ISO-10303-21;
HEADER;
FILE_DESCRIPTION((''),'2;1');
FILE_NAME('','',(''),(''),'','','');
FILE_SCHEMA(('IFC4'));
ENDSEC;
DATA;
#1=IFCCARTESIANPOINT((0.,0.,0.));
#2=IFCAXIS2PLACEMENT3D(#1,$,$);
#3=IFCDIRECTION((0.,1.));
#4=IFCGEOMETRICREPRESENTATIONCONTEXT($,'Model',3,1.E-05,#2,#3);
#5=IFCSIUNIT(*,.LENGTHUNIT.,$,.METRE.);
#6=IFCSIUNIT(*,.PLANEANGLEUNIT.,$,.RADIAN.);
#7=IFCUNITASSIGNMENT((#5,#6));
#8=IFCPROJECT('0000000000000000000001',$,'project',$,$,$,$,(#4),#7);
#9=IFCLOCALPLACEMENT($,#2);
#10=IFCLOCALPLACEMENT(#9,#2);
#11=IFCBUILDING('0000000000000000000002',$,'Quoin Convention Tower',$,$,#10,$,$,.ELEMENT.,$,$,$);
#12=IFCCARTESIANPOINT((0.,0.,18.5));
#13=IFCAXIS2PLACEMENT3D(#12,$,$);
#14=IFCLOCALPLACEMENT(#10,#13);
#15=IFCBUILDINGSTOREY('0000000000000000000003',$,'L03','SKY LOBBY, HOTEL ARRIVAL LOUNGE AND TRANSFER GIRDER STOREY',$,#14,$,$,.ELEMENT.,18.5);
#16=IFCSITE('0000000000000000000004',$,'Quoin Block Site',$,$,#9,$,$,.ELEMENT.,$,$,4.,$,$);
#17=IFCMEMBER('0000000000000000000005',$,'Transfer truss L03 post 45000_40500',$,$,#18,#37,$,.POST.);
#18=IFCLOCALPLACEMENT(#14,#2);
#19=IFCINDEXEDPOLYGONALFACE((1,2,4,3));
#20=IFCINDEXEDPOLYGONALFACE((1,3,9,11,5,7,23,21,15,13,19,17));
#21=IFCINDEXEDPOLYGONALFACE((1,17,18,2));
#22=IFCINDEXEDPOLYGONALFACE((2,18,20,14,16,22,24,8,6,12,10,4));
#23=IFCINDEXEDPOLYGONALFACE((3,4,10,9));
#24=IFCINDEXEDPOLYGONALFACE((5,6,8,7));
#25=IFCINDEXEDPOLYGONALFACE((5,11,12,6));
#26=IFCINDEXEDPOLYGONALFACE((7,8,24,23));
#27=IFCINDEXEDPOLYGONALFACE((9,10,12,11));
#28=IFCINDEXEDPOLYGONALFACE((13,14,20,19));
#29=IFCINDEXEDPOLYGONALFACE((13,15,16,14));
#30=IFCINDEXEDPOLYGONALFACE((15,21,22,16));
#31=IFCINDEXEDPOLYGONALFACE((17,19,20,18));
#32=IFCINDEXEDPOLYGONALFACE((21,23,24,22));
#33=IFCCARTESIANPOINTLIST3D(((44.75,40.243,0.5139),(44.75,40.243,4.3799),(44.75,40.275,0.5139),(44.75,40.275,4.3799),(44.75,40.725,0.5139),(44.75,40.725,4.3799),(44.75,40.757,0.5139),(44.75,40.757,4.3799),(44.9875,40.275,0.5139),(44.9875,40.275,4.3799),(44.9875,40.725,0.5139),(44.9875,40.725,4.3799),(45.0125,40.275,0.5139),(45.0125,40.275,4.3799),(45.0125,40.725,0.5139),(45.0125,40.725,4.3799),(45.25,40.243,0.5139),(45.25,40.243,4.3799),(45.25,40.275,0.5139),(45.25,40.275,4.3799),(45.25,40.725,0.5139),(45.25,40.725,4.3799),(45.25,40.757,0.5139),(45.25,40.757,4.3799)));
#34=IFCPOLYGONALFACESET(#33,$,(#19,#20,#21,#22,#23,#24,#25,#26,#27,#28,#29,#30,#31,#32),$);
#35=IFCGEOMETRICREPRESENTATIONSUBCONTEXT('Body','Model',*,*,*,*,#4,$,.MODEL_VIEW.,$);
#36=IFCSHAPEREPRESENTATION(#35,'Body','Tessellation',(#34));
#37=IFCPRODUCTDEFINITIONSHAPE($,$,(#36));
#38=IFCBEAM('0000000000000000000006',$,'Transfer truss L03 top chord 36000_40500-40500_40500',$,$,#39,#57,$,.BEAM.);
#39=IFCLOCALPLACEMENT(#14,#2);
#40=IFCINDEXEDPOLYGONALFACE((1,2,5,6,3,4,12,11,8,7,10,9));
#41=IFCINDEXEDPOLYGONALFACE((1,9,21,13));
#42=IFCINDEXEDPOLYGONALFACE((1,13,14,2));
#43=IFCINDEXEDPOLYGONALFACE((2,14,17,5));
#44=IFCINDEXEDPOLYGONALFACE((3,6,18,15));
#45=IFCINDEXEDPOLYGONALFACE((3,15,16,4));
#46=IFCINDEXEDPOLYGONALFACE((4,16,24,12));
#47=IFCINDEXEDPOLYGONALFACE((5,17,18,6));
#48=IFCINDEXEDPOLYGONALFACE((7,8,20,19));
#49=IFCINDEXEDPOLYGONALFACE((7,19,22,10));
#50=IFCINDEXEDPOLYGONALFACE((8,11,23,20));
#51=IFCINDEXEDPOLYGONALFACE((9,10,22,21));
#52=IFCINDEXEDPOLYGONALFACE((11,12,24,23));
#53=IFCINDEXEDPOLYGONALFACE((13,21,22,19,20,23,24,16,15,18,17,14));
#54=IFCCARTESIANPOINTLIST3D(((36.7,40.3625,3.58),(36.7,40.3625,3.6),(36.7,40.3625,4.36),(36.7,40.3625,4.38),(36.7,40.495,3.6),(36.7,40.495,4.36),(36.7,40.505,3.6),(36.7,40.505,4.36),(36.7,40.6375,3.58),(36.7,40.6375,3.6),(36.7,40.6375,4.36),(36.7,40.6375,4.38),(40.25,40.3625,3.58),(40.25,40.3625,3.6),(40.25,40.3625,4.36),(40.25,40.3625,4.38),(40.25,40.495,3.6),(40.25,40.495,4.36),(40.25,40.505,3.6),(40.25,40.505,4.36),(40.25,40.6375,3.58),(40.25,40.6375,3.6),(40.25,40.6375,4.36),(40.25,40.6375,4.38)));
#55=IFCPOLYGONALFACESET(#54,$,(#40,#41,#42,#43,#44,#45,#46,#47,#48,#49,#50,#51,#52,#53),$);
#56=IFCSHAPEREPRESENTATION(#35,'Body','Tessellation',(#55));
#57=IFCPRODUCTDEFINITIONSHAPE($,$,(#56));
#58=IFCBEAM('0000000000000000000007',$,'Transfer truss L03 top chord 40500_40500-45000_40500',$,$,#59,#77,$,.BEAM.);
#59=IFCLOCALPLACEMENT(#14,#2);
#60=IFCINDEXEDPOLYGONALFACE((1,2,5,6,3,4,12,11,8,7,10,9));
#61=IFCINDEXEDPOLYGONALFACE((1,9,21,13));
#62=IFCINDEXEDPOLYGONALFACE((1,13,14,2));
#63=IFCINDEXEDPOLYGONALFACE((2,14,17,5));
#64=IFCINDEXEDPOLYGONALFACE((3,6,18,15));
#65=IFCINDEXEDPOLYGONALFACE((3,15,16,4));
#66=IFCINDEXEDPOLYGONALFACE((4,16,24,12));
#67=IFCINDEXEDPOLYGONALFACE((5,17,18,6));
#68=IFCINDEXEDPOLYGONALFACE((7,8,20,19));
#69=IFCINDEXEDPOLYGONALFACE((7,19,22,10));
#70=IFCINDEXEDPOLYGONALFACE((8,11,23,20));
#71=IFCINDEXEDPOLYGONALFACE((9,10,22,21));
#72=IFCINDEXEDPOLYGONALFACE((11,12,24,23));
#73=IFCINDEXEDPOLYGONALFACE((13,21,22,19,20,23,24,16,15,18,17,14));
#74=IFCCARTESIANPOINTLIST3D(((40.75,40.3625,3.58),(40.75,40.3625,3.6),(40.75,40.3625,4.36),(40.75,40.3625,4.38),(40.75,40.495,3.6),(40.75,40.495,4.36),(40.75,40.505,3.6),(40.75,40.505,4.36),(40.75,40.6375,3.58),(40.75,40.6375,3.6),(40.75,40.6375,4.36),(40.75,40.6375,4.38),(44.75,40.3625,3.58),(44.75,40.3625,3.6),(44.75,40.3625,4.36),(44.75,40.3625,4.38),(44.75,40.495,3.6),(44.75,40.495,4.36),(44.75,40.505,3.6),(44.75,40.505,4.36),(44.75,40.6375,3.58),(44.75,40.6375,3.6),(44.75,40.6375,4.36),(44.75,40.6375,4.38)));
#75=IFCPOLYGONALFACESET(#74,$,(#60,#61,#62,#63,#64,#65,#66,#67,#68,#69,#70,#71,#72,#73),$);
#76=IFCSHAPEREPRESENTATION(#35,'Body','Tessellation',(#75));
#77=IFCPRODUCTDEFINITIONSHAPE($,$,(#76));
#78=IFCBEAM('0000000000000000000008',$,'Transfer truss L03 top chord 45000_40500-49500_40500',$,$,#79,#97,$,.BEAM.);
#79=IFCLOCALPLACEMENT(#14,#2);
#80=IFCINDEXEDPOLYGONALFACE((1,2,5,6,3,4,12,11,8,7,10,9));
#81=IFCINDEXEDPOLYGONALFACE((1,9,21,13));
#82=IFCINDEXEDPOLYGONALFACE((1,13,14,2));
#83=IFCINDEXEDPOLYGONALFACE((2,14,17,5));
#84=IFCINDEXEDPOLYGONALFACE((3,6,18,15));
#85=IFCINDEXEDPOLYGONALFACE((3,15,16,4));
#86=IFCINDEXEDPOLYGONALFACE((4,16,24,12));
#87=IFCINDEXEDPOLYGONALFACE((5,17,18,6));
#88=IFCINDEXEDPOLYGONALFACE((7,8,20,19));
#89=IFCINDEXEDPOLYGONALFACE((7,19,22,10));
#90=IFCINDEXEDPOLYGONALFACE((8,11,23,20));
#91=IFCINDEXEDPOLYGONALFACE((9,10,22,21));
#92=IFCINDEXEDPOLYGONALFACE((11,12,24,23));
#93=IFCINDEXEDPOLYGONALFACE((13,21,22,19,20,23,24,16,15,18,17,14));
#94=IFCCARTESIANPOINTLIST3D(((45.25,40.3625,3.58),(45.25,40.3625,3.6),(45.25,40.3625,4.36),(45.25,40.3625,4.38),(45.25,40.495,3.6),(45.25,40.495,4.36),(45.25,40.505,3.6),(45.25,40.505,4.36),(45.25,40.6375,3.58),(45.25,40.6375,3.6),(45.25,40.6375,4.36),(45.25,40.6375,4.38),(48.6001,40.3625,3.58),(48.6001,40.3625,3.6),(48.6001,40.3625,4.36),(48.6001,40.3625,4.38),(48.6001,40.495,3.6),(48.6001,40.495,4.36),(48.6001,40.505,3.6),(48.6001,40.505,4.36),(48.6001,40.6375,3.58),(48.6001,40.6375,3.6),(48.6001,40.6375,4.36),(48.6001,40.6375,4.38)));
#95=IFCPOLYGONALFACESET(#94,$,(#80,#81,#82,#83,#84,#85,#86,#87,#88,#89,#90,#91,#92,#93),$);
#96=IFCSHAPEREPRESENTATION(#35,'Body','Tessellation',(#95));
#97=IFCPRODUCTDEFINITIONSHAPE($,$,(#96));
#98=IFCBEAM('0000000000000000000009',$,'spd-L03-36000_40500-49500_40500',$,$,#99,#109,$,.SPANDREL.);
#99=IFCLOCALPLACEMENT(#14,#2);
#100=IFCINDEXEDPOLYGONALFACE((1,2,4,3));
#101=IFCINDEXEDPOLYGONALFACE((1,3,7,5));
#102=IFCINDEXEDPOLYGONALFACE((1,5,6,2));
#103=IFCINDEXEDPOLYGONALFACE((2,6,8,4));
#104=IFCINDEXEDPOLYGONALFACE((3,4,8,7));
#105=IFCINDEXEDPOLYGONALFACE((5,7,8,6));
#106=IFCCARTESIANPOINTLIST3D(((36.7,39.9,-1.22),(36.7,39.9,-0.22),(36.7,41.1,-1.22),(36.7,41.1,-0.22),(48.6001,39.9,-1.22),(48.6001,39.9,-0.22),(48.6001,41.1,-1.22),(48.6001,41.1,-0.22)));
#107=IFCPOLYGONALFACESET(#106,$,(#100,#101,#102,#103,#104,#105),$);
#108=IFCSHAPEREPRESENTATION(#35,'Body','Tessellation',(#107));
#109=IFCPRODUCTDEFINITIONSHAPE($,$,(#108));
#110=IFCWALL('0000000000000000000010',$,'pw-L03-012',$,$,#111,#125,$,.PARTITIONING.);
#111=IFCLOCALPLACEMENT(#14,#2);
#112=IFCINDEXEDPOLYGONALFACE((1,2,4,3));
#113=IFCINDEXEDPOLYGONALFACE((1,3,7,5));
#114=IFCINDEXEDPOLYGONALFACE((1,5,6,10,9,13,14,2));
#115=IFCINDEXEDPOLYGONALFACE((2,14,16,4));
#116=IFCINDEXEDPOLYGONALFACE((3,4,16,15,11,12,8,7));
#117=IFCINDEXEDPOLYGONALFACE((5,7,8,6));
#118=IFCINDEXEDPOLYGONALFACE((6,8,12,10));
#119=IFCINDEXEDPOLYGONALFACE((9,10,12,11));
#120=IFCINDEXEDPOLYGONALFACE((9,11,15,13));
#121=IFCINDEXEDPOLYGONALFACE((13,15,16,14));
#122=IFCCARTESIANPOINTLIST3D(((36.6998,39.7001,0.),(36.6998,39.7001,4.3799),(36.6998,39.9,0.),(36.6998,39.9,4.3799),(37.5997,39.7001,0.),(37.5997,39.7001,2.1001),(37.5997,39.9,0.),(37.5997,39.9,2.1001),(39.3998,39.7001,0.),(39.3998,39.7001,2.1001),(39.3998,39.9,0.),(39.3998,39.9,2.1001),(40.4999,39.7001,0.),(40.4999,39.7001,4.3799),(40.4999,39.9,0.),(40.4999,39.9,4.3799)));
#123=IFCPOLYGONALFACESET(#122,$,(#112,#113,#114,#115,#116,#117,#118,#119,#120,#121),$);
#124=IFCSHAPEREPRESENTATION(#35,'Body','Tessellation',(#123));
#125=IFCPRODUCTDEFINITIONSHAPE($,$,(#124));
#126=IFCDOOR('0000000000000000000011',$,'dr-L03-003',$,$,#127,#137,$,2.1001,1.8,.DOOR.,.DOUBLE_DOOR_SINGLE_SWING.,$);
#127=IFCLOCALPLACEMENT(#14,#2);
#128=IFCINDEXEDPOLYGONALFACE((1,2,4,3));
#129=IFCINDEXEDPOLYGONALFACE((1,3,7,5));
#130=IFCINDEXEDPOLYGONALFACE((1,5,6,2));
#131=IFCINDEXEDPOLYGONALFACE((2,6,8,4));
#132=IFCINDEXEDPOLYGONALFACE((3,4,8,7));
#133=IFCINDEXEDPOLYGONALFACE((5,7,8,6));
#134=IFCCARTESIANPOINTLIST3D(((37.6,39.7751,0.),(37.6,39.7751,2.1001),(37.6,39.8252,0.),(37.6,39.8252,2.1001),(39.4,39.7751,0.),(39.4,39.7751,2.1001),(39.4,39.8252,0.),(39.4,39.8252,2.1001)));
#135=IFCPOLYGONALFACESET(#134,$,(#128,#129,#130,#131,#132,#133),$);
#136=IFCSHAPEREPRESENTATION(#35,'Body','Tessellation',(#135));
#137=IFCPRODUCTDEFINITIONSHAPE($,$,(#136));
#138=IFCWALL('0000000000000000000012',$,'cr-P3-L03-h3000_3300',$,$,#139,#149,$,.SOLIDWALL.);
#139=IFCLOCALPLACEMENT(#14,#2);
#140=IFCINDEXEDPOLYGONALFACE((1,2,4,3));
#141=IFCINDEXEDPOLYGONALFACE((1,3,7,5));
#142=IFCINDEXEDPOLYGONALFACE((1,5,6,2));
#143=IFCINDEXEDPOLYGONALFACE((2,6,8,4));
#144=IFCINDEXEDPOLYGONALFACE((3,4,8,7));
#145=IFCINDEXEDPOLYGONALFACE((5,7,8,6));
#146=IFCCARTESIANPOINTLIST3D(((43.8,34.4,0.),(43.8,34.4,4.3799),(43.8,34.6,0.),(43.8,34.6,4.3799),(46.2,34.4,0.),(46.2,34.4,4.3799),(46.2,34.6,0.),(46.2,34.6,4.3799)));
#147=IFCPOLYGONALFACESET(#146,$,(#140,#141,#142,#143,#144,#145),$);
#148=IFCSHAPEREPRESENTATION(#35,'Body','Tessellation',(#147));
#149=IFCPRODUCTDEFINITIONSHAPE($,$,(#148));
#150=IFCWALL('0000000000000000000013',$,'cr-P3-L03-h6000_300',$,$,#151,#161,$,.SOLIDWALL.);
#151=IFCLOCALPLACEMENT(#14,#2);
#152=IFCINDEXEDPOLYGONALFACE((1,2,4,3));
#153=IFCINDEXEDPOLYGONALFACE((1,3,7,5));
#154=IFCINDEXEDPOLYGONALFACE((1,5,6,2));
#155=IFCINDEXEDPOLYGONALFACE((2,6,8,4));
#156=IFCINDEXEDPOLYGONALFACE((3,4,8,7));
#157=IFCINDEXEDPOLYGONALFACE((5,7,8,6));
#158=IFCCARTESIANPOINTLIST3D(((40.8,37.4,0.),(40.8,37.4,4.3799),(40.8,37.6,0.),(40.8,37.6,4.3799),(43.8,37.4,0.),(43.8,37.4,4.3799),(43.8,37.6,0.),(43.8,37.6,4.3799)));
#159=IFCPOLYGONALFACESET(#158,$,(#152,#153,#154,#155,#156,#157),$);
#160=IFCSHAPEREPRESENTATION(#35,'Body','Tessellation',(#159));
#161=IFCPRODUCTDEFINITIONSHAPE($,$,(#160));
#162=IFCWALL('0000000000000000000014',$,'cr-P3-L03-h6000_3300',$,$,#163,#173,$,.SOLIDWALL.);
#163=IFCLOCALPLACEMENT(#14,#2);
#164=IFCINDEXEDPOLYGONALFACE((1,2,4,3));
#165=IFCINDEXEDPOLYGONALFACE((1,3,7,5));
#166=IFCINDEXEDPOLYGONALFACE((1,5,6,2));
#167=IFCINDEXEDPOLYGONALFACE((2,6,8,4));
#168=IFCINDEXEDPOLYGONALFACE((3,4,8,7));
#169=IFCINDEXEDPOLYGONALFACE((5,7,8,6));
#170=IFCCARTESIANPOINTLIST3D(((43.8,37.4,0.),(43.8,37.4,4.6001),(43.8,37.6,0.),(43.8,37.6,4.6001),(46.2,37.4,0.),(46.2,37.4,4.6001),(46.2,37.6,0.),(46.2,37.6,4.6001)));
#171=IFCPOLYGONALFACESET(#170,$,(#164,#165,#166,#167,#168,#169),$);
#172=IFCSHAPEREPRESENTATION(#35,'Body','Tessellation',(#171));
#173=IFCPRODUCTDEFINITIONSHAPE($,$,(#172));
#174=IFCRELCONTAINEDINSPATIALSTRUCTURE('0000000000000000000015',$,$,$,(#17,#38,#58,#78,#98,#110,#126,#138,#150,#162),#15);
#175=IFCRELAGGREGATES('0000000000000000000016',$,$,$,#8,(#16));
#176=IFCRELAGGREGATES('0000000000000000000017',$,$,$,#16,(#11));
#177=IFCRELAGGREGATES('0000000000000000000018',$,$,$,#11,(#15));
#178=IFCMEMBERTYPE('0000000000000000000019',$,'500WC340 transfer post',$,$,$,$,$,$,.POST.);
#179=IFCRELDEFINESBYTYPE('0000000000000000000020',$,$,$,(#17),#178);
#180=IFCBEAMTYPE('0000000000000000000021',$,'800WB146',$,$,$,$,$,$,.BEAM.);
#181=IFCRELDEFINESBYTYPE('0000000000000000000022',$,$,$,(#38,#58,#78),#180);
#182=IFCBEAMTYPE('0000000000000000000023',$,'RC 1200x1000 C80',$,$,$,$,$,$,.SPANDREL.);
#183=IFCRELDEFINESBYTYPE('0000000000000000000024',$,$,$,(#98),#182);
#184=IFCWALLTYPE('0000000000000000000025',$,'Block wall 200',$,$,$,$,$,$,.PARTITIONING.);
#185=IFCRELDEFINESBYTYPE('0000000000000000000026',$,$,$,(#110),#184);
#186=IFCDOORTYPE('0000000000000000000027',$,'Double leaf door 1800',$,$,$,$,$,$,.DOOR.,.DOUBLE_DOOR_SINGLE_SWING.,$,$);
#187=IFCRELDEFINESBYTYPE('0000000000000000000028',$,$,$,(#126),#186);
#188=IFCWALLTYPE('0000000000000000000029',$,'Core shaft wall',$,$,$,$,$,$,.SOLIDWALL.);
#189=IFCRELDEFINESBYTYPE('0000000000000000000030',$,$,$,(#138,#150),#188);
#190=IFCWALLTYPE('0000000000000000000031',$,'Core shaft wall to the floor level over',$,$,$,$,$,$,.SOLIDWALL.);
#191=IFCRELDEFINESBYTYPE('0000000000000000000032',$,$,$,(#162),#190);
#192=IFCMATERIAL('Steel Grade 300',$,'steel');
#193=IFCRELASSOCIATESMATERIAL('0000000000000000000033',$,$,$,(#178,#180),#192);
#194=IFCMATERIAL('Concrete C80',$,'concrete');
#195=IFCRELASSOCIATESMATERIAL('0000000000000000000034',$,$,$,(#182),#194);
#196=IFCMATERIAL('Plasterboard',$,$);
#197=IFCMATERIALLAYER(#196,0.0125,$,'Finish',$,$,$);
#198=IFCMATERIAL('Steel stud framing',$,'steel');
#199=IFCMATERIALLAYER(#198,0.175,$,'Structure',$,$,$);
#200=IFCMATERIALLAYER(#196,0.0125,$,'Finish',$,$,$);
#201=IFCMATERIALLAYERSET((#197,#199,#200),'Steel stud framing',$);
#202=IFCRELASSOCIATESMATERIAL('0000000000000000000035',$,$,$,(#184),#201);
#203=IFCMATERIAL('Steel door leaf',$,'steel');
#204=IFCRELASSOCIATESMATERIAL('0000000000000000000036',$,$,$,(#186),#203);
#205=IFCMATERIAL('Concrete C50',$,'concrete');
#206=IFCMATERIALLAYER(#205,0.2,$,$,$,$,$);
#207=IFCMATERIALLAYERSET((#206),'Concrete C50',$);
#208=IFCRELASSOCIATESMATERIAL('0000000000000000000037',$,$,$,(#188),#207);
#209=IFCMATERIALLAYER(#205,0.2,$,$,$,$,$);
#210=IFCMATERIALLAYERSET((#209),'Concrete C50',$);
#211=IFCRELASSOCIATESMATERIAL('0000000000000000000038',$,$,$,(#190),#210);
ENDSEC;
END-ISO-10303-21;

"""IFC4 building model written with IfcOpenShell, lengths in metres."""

from ifc_helpers import new_model, si_unit, direction, frame, frame_2d, origin, origin_2d, place, context, subcontext, project, spatial, rectangle, i_section, extrude, material, layer, layer_set, material_profile, profile_set, type_object, element, fill, save


model = new_model("IFC4")

# Units and contexts
model_context = context("Model", 3, precision=1e-05, world=origin(), true_north=direction((0.0, 1.0)))
body_context = subcontext(model_context, "Body", "Model", "MODEL_VIEW")
ifc_project = project(units=[si_unit("LENGTHUNIT", "METRE"), si_unit("PLANEANGLEUNIT", "RADIAN")], contexts=[model_context])

# Site, building, storey
site_placement = place(None, origin())
site = spatial("IfcSite", under=ifc_project, at=site_placement, Name="Quoin Block Site", CompositionType="ELEMENT", RefElevation=4.0)
building_placement = place(site_placement, origin())
building = spatial("IfcBuilding", under=site, at=building_placement, Name="Quoin Convention Tower", CompositionType="ELEMENT")
storey_placement = place(building_placement, frame((0.0, 0.0, 18.5)))
storey = spatial("IfcBuildingStorey", under=building, at=storey_placement, Name="L03", Description="SKY LOBBY, HOTEL ARRIVAL LOUNGE AND TRANSFER GIRDER STOREY", CompositionType="ELEMENT", Elevation=18.5)

# Member
ifc_material_1 = material(Name="Steel Grade 300", Category="steel")
ifc_material_profile_1 = material_profile(ifc_material_1, i_section(OverallWidth=0.5, OverallDepth=0.5139, WebThickness=0.0249, FlangeThickness=0.032, at=origin_2d()), Name="500WC340")
ifc_profile_set_1 = profile_set([ifc_material_profile_1], Name="Steel Grade 300")
member_type_1 = type_object("IfcMemberType", Name="500WC340 transfer post", PredefinedType="POST", material=ifc_profile_set_1)
for number, where, z_axis, x_axis, name in (
    (1, (45.0, 40.5, 0.5139), (0.0, 0.0, 1.0), (1.0, 0.0, 0.0), "Transfer truss L03 post 45000_40500"),
):
    element("IfcMember", number, at=place(storey_placement, frame(where, z_axis=z_axis, x_axis=x_axis)), inside=storey, type_object=member_type_1, Name=name, PredefinedType="POST", context=body_context, shape_type="SweptSolid", body=[
        extrude(i_section(OverallWidth=0.5, OverallDepth=0.5139, WebThickness=0.0249, FlangeThickness=0.032, at=origin_2d()), origin(), (0.0, 0.0, 1.0), 3.866),
    ])

# Beams
ifc_material_profile_2 = material_profile(ifc_material_1, i_section(OverallWidth=0.2749, OverallDepth=0.8, WebThickness=0.01, FlangeThickness=0.02, at=origin_2d()), Name="800WB146")
ifc_profile_set_2 = profile_set([ifc_material_profile_2], Name="Steel Grade 300")
beam_type_1 = type_object("IfcBeamType", Name="800WB146", PredefinedType="BEAM", material=ifc_profile_set_2)
beam_1_placement = place(storey_placement, frame((36.7, 40.5, 3.98), z_axis=(1.0, 0.0, 0.0), x_axis=(0.0, 1.0, 0.0)))
element("IfcBeam", 2, at=beam_1_placement, inside=storey, type_object=beam_type_1, Name="Transfer truss L03 top chord 36000_40500-40500_40500", PredefinedType="BEAM", context=body_context, shape_type="SweptSolid", body=[
    extrude(i_section(OverallWidth=0.2749, OverallDepth=0.8, WebThickness=0.01, FlangeThickness=0.02, at=origin_2d()), origin(), (0.0, 0.0, 1.0), 3.55),
])
beam_2_placement = place(storey_placement, frame((40.75, 40.5, 3.98), z_axis=(1.0, 0.0, 0.0), x_axis=(0.0, 1.0, 0.0)))
element("IfcBeam", 3, at=beam_2_placement, inside=storey, type_object=beam_type_1, Name="Transfer truss L03 top chord 40500_40500-45000_40500", PredefinedType="BEAM", context=body_context, shape_type="SweptSolid", body=[
    extrude(i_section(OverallWidth=0.2749, OverallDepth=0.8, WebThickness=0.01, FlangeThickness=0.02, at=origin_2d()), origin(), (0.0, 0.0, 1.0), 4.0),
])
beam_3_placement = place(storey_placement, frame((45.25, 40.5, 3.98), z_axis=(1.0, 0.0, 0.0), x_axis=(0.0, 1.0, 0.0)))
element("IfcBeam", 4, at=beam_3_placement, inside=storey, type_object=beam_type_1, Name="Transfer truss L03 top chord 45000_40500-49500_40500", PredefinedType="BEAM", context=body_context, shape_type="SweptSolid", body=[
    extrude(i_section(OverallWidth=0.2749, OverallDepth=0.8, WebThickness=0.01, FlangeThickness=0.02, at=origin_2d()), origin(), (0.0, 0.0, 1.0), 3.3501),
])
ifc_material_2 = material(Name="Concrete C80", Category="concrete")
ifc_material_profile_3 = material_profile(ifc_material_2, rectangle(XDim=1.2, YDim=1.0, at=origin_2d()), Name="RC 1200x1000")
ifc_profile_set_3 = profile_set([ifc_material_profile_3], Name="Concrete C80")
beam_type_2 = type_object("IfcBeamType", Name="RC 1200x1000 C80", PredefinedType="SPANDREL", material=ifc_profile_set_3)
beam_4_placement = place(storey_placement, frame((36.7, 40.5, -0.72), z_axis=(1.0, 0.0, 0.0), x_axis=(0.0, 1.0, 0.0)))
element("IfcBeam", 5, at=beam_4_placement, inside=storey, type_object=beam_type_2, Name="spd-L03-36000_40500-49500_40500", PredefinedType="SPANDREL", context=body_context, shape_type="SweptSolid", body=[
    extrude(rectangle(XDim=1.2, YDim=1.0, at=origin_2d()), origin(), (0.0, 0.0, 1.0), 11.9001),
])

# Wall, opening, door
ifc_material_3 = material(Name="Plasterboard")
ifc_layer_1 = layer(ifc_material_3, 0.0125, Name="Finish")
ifc_material_4 = material(Name="Steel stud framing", Category="steel")
ifc_layer_2 = layer(ifc_material_4, 0.175, Name="Structure")
ifc_layer_3 = layer(ifc_material_3, 0.0125, Name="Finish")
ifc_layer_set_1 = layer_set([ifc_layer_1, ifc_layer_2, ifc_layer_3], Name="Steel stud framing")
wall_type_1 = type_object("IfcWallType", Name="Block wall 200", PredefinedType="PARTITIONING", material=ifc_layer_set_1)
wall_1_placement = place(storey_placement, frame((36.7, 39.8, 0.0), z_axis=(0.0, 0.0, 1.0), x_axis=(1.0, 0.0, 0.0)))
wall_1 = element("IfcWall", 6, at=wall_1_placement, inside=storey, type_object=wall_type_1, Name="pw-L03-012", PredefinedType="PARTITIONING", context=body_context, shape_type="SweptSolid", body=[
    extrude(rectangle(XDim=3.8, YDim=0.2, at=frame_2d((1.8999, 0.0))), origin(), (0.0, 0.0, 1.0), 4.3799),
])
opening_1_placement = place(wall_1_placement, frame((0.8999, 0.0, 0.0)))
opening_1 = element("IfcOpeningElement", 7, at=opening_1_placement, cuts=wall_1, PredefinedType="OPENING", context=body_context, shape_type="SweptSolid", body=[
    extrude(rectangle(XDim=1.8, YDim=2.1001, at=frame_2d((0.8999, 1.05))), frame((0.0, 0.1099, 0.0), z_axis=(0.0, -1.0, 0.0), x_axis=(1.0, 0.0, 0.0)), (0.0, 0.0, 1.0), 0.22),
])
ifc_material_5 = material(Name="Steel door leaf", Category="steel")
door_type_1 = type_object("IfcDoorType", Name="Double leaf door 1800", OperationType="DOUBLE_DOOR_SINGLE_SWING", PredefinedType="DOOR", material=ifc_material_5)
door_1_placement = place(opening_1_placement, frame((1.8, 0.0, 0.0), z_axis=(0.0, 0.0, 1.0), x_axis=(-1.0, 0.0, 0.0)))
door_1 = element("IfcDoor", 8, at=door_1_placement, inside=storey, type_object=door_type_1, Name="dr-L03-003", OperationType="DOUBLE_DOOR_SINGLE_SWING", OverallHeight=2.1001, OverallWidth=1.8, PredefinedType="DOOR", context=body_context, shape_type="SweptSolid", body=[
    extrude(rectangle(XDim=1.8, YDim=2.1001, at=frame_2d((0.8999, 1.05))), frame((0.0, 0.0249, 0.0), z_axis=(0.0, -1.0, 0.0), x_axis=(1.0, 0.0, 0.0)), (0.0, 0.0, 1.0), 0.05),
])
fill(opening_1, door_1)

# Walls
ifc_material_6 = material(Name="Concrete C50", Category="concrete")
ifc_layer_4 = layer(ifc_material_6, 0.2)
ifc_layer_set_2 = layer_set([ifc_layer_4], Name="Concrete C50")
wall_type_2 = type_object("IfcWallType", Name="Core shaft wall", PredefinedType="SOLIDWALL", material=ifc_layer_set_2)
wall_2_placement = place(storey_placement, frame((43.8, 34.5, 0.0), z_axis=(0.0, 0.0, 1.0), x_axis=(1.0, 0.0, 0.0)))
element("IfcWall", 9, at=wall_2_placement, inside=storey, type_object=wall_type_2, Name="cr-P3-L03-h3000_3300", PredefinedType="SOLIDWALL", context=body_context, shape_type="SweptSolid", body=[
    extrude(rectangle(XDim=2.3999, YDim=0.2, at=frame_2d((1.2, 0.0))), origin(), (0.0, 0.0, 1.0), 4.3799),
])
wall_3_placement = place(storey_placement, frame((40.8, 37.5, 0.0), z_axis=(0.0, 0.0, 1.0), x_axis=(1.0, 0.0, 0.0)))
element("IfcWall", 10, at=wall_3_placement, inside=storey, type_object=wall_type_2, Name="cr-P3-L03-h6000_300", PredefinedType="SOLIDWALL", context=body_context, shape_type="SweptSolid", body=[
    extrude(rectangle(XDim=3.0, YDim=0.2, at=frame_2d((1.5, 0.0))), origin(), (0.0, 0.0, 1.0), 4.3799),
])
ifc_layer_5 = layer(ifc_material_6, 0.2)
ifc_layer_set_3 = layer_set([ifc_layer_5], Name="Concrete C50")
wall_type_3 = type_object("IfcWallType", Name="Core shaft wall to the floor level over", PredefinedType="SOLIDWALL", material=ifc_layer_set_3)
wall_4_placement = place(storey_placement, frame((43.8, 37.5, 0.0), z_axis=(0.0, 0.0, 1.0), x_axis=(1.0, 0.0, 0.0)))
element("IfcWall", 11, at=wall_4_placement, inside=storey, type_object=wall_type_3, Name="cr-P3-L03-h6000_3300", PredefinedType="SOLIDWALL", context=body_context, shape_type="SweptSolid", body=[
    extrude(rectangle(XDim=2.3999, YDim=0.2, at=frame_2d((1.2, 0.0))), origin(), (0.0, 0.0, 1.0), 4.6001),
])

save(model, "model.ifc")
